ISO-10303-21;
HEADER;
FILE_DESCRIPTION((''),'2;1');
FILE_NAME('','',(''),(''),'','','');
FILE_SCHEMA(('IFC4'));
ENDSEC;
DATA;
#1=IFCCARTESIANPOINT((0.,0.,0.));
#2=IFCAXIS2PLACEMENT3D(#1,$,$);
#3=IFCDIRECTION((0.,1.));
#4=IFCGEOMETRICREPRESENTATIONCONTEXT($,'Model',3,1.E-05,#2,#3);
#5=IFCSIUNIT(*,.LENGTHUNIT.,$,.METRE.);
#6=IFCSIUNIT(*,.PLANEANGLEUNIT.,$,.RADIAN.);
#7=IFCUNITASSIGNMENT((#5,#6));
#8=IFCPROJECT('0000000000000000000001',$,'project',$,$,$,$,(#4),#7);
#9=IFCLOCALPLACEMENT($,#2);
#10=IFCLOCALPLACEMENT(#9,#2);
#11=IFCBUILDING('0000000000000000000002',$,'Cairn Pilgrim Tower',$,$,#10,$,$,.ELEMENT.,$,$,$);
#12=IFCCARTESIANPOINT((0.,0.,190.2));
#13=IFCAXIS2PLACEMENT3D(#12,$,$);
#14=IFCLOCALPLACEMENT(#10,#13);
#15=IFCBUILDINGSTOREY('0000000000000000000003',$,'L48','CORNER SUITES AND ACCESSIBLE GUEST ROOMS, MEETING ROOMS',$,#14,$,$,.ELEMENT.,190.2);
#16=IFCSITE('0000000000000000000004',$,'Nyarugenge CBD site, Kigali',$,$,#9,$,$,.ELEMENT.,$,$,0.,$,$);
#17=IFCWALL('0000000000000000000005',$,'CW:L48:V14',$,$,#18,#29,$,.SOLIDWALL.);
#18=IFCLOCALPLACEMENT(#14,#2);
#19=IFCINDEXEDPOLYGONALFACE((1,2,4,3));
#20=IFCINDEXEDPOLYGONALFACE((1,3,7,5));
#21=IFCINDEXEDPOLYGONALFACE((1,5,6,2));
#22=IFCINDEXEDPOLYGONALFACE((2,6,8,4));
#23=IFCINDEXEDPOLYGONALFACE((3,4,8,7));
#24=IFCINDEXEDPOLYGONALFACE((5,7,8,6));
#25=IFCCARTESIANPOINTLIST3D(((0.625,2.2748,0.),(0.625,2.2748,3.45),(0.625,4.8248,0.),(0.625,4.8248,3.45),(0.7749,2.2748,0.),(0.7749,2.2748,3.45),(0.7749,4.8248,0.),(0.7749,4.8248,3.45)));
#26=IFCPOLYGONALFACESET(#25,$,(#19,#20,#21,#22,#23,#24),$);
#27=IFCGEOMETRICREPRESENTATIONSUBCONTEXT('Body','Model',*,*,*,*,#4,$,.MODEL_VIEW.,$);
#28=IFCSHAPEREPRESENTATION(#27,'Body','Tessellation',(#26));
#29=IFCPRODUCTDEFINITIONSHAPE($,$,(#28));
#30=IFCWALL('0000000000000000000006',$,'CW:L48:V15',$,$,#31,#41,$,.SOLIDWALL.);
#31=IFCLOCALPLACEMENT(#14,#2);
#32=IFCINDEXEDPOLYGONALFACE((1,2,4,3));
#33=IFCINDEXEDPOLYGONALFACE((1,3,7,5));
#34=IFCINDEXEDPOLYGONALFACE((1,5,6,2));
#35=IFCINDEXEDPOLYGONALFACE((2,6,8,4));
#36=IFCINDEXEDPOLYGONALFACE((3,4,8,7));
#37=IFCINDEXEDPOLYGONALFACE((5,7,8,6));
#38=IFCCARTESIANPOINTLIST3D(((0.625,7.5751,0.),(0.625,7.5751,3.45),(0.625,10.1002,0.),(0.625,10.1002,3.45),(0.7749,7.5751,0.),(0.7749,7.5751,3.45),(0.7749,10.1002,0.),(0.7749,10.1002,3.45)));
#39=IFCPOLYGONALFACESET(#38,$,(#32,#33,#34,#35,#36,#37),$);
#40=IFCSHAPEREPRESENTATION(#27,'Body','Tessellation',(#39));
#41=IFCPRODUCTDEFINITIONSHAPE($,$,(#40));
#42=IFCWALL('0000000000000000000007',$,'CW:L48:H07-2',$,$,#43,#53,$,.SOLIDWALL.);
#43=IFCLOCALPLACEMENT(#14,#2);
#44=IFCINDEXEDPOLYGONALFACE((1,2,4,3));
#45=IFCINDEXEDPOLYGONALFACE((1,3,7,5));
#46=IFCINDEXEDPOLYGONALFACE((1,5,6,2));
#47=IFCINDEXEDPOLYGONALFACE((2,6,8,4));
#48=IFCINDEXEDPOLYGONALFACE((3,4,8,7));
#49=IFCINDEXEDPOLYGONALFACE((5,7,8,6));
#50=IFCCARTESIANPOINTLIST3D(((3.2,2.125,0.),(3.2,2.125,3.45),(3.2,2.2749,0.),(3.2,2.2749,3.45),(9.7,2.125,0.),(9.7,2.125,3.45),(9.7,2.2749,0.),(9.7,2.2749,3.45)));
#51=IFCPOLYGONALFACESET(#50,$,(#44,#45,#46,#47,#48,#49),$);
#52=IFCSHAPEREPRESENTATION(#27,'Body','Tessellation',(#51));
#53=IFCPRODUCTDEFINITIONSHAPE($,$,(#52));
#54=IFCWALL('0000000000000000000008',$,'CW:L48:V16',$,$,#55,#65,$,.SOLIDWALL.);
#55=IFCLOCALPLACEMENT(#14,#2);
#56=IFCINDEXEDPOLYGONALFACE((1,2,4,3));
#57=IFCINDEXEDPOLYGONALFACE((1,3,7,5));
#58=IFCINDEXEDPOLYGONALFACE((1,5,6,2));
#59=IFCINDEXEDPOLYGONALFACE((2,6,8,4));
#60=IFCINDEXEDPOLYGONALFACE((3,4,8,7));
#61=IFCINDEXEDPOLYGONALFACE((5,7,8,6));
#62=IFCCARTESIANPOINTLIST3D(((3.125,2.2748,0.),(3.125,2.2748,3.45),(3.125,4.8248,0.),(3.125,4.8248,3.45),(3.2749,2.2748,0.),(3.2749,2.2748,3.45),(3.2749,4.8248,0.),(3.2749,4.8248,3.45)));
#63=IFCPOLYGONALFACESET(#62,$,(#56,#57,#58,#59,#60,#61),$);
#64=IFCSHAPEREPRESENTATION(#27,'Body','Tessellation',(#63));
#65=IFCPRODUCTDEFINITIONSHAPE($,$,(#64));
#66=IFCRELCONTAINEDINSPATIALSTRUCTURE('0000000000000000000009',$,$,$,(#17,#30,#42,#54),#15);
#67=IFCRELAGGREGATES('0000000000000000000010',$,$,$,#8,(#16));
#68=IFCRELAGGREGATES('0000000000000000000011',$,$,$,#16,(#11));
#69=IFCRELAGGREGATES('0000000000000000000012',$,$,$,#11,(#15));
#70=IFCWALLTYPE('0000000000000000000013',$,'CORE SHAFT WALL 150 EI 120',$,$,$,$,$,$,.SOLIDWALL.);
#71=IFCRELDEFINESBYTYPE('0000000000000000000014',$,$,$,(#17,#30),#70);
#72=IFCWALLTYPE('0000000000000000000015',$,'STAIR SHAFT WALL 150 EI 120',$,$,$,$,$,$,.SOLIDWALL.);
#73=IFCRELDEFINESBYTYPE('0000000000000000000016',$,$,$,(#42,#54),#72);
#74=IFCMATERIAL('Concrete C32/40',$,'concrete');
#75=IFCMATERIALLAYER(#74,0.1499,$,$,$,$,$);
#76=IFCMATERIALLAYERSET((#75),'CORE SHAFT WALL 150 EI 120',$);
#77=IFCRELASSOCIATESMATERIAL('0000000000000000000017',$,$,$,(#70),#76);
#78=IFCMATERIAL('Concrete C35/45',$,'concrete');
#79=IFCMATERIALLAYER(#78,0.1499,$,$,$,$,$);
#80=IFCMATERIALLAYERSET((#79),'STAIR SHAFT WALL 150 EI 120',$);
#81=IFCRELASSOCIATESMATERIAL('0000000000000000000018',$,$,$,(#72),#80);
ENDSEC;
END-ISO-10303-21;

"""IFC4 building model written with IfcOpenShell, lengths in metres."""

from ifc_helpers import new_model, si_unit, direction, frame, frame_2d, origin, place, context, subcontext, project, spatial, rectangle, extrude, material, layer, layer_set, type_object, element, save


model = new_model("IFC4")

# Units and contexts
model_context = context("Model", 3, precision=1e-05, world=origin(), true_north=direction((0.0, 1.0)))
body_context = subcontext(model_context, "Body", "Model", "MODEL_VIEW")
ifc_project = project(units=[si_unit("LENGTHUNIT", "METRE"), si_unit("PLANEANGLEUNIT", "RADIAN")], contexts=[model_context])

# Site, building, storey
site_placement = place(None, origin())
site = spatial("IfcSite", under=ifc_project, at=site_placement, Name="Nyarugenge CBD site, Kigali", CompositionType="ELEMENT", RefElevation=0.0)
building_placement = place(site_placement, origin())
building = spatial("IfcBuilding", under=site, at=building_placement, Name="Cairn Pilgrim Tower", CompositionType="ELEMENT")
storey_placement = place(building_placement, frame((0.0, 0.0, 190.2)))
storey = spatial("IfcBuildingStorey", under=building, at=storey_placement, Name="L48", Description="CORNER SUITES AND ACCESSIBLE GUEST ROOMS, MEETING ROOMS", CompositionType="ELEMENT", Elevation=190.2)

# Shared definitions
ifc_material_1 = material(Name="Concrete C32/40", Category="concrete")
ifc_layer_1 = layer(ifc_material_1, 0.1499)
ifc_layer_set_1 = layer_set([ifc_layer_1], Name="CORE SHAFT WALL 150 EI 120")
wall_type_1 = type_object("IfcWallType", Name="CORE SHAFT WALL 150 EI 120", PredefinedType="SOLIDWALL", material=ifc_layer_set_1)

# Walls
wall_1_placement = place(storey_placement, frame((0.7, 2.2749, 0.0), z_axis=(0.0, 0.0, 1.0), x_axis=(0.0, 1.0, 0.0)))
element("IfcWall", 1, at=wall_1_placement, inside=storey, type_object=wall_type_1, Name="CW:L48:V14", PredefinedType="SOLIDWALL", context=body_context, shape_type="SweptSolid", body=[
    extrude(rectangle(XDim=2.55, YDim=0.1499, at=frame_2d((1.2749, 0.0))), origin(), (0.0, 0.0, 1.0), 3.45),
])
wall_2_placement = place(storey_placement, frame((0.7, 7.575, 0.0), z_axis=(0.0, 0.0, 1.0), x_axis=(0.0, 1.0, 0.0)))
element("IfcWall", 2, at=wall_2_placement, inside=storey, type_object=wall_type_1, Name="CW:L48:V15", PredefinedType="SOLIDWALL", context=body_context, shape_type="SweptSolid", body=[
    extrude(rectangle(XDim=2.5251, YDim=0.1499, at=frame_2d((1.2627, 0.0))), origin(), (0.0, 0.0, 1.0), 3.45),
])
ifc_material_2 = material(Name="Concrete C35/45", Category="concrete")
ifc_layer_2 = layer(ifc_material_2, 0.1499)
ifc_layer_set_2 = layer_set([ifc_layer_2], Name="STAIR SHAFT WALL 150 EI 120")
wall_type_2 = type_object("IfcWallType", Name="STAIR SHAFT WALL 150 EI 120", PredefinedType="SOLIDWALL", material=ifc_layer_set_2)
wall_3_placement = place(storey_placement, frame((3.2, 2.2, 0.0), z_axis=(0.0, 0.0, 1.0), x_axis=(1.0, 0.0, 0.0)))
element("IfcWall", 3, at=wall_3_placement, inside=storey, type_object=wall_type_2, Name="CW:L48:H07-2", PredefinedType="SOLIDWALL", context=body_context, shape_type="SweptSolid", body=[
    extrude(rectangle(XDim=6.5, YDim=0.1499, at=frame_2d((3.25, 0.0))), origin(), (0.0, 0.0, 1.0), 3.45),
])
wall_4_placement = place(storey_placement, frame((3.2, 2.2749, 0.0), z_axis=(0.0, 0.0, 1.0), x_axis=(0.0, 1.0, 0.0)))
element("IfcWall", 4, at=wall_4_placement, inside=storey, type_object=wall_type_2, Name="CW:L48:V16", PredefinedType="SOLIDWALL", context=body_context, shape_type="SweptSolid", body=[
    extrude(rectangle(XDim=2.55, YDim=0.1499, at=frame_2d((1.2749, 0.0))), origin(), (0.0, 0.0, 1.0), 3.45),
])

save(model, "model.ifc")
